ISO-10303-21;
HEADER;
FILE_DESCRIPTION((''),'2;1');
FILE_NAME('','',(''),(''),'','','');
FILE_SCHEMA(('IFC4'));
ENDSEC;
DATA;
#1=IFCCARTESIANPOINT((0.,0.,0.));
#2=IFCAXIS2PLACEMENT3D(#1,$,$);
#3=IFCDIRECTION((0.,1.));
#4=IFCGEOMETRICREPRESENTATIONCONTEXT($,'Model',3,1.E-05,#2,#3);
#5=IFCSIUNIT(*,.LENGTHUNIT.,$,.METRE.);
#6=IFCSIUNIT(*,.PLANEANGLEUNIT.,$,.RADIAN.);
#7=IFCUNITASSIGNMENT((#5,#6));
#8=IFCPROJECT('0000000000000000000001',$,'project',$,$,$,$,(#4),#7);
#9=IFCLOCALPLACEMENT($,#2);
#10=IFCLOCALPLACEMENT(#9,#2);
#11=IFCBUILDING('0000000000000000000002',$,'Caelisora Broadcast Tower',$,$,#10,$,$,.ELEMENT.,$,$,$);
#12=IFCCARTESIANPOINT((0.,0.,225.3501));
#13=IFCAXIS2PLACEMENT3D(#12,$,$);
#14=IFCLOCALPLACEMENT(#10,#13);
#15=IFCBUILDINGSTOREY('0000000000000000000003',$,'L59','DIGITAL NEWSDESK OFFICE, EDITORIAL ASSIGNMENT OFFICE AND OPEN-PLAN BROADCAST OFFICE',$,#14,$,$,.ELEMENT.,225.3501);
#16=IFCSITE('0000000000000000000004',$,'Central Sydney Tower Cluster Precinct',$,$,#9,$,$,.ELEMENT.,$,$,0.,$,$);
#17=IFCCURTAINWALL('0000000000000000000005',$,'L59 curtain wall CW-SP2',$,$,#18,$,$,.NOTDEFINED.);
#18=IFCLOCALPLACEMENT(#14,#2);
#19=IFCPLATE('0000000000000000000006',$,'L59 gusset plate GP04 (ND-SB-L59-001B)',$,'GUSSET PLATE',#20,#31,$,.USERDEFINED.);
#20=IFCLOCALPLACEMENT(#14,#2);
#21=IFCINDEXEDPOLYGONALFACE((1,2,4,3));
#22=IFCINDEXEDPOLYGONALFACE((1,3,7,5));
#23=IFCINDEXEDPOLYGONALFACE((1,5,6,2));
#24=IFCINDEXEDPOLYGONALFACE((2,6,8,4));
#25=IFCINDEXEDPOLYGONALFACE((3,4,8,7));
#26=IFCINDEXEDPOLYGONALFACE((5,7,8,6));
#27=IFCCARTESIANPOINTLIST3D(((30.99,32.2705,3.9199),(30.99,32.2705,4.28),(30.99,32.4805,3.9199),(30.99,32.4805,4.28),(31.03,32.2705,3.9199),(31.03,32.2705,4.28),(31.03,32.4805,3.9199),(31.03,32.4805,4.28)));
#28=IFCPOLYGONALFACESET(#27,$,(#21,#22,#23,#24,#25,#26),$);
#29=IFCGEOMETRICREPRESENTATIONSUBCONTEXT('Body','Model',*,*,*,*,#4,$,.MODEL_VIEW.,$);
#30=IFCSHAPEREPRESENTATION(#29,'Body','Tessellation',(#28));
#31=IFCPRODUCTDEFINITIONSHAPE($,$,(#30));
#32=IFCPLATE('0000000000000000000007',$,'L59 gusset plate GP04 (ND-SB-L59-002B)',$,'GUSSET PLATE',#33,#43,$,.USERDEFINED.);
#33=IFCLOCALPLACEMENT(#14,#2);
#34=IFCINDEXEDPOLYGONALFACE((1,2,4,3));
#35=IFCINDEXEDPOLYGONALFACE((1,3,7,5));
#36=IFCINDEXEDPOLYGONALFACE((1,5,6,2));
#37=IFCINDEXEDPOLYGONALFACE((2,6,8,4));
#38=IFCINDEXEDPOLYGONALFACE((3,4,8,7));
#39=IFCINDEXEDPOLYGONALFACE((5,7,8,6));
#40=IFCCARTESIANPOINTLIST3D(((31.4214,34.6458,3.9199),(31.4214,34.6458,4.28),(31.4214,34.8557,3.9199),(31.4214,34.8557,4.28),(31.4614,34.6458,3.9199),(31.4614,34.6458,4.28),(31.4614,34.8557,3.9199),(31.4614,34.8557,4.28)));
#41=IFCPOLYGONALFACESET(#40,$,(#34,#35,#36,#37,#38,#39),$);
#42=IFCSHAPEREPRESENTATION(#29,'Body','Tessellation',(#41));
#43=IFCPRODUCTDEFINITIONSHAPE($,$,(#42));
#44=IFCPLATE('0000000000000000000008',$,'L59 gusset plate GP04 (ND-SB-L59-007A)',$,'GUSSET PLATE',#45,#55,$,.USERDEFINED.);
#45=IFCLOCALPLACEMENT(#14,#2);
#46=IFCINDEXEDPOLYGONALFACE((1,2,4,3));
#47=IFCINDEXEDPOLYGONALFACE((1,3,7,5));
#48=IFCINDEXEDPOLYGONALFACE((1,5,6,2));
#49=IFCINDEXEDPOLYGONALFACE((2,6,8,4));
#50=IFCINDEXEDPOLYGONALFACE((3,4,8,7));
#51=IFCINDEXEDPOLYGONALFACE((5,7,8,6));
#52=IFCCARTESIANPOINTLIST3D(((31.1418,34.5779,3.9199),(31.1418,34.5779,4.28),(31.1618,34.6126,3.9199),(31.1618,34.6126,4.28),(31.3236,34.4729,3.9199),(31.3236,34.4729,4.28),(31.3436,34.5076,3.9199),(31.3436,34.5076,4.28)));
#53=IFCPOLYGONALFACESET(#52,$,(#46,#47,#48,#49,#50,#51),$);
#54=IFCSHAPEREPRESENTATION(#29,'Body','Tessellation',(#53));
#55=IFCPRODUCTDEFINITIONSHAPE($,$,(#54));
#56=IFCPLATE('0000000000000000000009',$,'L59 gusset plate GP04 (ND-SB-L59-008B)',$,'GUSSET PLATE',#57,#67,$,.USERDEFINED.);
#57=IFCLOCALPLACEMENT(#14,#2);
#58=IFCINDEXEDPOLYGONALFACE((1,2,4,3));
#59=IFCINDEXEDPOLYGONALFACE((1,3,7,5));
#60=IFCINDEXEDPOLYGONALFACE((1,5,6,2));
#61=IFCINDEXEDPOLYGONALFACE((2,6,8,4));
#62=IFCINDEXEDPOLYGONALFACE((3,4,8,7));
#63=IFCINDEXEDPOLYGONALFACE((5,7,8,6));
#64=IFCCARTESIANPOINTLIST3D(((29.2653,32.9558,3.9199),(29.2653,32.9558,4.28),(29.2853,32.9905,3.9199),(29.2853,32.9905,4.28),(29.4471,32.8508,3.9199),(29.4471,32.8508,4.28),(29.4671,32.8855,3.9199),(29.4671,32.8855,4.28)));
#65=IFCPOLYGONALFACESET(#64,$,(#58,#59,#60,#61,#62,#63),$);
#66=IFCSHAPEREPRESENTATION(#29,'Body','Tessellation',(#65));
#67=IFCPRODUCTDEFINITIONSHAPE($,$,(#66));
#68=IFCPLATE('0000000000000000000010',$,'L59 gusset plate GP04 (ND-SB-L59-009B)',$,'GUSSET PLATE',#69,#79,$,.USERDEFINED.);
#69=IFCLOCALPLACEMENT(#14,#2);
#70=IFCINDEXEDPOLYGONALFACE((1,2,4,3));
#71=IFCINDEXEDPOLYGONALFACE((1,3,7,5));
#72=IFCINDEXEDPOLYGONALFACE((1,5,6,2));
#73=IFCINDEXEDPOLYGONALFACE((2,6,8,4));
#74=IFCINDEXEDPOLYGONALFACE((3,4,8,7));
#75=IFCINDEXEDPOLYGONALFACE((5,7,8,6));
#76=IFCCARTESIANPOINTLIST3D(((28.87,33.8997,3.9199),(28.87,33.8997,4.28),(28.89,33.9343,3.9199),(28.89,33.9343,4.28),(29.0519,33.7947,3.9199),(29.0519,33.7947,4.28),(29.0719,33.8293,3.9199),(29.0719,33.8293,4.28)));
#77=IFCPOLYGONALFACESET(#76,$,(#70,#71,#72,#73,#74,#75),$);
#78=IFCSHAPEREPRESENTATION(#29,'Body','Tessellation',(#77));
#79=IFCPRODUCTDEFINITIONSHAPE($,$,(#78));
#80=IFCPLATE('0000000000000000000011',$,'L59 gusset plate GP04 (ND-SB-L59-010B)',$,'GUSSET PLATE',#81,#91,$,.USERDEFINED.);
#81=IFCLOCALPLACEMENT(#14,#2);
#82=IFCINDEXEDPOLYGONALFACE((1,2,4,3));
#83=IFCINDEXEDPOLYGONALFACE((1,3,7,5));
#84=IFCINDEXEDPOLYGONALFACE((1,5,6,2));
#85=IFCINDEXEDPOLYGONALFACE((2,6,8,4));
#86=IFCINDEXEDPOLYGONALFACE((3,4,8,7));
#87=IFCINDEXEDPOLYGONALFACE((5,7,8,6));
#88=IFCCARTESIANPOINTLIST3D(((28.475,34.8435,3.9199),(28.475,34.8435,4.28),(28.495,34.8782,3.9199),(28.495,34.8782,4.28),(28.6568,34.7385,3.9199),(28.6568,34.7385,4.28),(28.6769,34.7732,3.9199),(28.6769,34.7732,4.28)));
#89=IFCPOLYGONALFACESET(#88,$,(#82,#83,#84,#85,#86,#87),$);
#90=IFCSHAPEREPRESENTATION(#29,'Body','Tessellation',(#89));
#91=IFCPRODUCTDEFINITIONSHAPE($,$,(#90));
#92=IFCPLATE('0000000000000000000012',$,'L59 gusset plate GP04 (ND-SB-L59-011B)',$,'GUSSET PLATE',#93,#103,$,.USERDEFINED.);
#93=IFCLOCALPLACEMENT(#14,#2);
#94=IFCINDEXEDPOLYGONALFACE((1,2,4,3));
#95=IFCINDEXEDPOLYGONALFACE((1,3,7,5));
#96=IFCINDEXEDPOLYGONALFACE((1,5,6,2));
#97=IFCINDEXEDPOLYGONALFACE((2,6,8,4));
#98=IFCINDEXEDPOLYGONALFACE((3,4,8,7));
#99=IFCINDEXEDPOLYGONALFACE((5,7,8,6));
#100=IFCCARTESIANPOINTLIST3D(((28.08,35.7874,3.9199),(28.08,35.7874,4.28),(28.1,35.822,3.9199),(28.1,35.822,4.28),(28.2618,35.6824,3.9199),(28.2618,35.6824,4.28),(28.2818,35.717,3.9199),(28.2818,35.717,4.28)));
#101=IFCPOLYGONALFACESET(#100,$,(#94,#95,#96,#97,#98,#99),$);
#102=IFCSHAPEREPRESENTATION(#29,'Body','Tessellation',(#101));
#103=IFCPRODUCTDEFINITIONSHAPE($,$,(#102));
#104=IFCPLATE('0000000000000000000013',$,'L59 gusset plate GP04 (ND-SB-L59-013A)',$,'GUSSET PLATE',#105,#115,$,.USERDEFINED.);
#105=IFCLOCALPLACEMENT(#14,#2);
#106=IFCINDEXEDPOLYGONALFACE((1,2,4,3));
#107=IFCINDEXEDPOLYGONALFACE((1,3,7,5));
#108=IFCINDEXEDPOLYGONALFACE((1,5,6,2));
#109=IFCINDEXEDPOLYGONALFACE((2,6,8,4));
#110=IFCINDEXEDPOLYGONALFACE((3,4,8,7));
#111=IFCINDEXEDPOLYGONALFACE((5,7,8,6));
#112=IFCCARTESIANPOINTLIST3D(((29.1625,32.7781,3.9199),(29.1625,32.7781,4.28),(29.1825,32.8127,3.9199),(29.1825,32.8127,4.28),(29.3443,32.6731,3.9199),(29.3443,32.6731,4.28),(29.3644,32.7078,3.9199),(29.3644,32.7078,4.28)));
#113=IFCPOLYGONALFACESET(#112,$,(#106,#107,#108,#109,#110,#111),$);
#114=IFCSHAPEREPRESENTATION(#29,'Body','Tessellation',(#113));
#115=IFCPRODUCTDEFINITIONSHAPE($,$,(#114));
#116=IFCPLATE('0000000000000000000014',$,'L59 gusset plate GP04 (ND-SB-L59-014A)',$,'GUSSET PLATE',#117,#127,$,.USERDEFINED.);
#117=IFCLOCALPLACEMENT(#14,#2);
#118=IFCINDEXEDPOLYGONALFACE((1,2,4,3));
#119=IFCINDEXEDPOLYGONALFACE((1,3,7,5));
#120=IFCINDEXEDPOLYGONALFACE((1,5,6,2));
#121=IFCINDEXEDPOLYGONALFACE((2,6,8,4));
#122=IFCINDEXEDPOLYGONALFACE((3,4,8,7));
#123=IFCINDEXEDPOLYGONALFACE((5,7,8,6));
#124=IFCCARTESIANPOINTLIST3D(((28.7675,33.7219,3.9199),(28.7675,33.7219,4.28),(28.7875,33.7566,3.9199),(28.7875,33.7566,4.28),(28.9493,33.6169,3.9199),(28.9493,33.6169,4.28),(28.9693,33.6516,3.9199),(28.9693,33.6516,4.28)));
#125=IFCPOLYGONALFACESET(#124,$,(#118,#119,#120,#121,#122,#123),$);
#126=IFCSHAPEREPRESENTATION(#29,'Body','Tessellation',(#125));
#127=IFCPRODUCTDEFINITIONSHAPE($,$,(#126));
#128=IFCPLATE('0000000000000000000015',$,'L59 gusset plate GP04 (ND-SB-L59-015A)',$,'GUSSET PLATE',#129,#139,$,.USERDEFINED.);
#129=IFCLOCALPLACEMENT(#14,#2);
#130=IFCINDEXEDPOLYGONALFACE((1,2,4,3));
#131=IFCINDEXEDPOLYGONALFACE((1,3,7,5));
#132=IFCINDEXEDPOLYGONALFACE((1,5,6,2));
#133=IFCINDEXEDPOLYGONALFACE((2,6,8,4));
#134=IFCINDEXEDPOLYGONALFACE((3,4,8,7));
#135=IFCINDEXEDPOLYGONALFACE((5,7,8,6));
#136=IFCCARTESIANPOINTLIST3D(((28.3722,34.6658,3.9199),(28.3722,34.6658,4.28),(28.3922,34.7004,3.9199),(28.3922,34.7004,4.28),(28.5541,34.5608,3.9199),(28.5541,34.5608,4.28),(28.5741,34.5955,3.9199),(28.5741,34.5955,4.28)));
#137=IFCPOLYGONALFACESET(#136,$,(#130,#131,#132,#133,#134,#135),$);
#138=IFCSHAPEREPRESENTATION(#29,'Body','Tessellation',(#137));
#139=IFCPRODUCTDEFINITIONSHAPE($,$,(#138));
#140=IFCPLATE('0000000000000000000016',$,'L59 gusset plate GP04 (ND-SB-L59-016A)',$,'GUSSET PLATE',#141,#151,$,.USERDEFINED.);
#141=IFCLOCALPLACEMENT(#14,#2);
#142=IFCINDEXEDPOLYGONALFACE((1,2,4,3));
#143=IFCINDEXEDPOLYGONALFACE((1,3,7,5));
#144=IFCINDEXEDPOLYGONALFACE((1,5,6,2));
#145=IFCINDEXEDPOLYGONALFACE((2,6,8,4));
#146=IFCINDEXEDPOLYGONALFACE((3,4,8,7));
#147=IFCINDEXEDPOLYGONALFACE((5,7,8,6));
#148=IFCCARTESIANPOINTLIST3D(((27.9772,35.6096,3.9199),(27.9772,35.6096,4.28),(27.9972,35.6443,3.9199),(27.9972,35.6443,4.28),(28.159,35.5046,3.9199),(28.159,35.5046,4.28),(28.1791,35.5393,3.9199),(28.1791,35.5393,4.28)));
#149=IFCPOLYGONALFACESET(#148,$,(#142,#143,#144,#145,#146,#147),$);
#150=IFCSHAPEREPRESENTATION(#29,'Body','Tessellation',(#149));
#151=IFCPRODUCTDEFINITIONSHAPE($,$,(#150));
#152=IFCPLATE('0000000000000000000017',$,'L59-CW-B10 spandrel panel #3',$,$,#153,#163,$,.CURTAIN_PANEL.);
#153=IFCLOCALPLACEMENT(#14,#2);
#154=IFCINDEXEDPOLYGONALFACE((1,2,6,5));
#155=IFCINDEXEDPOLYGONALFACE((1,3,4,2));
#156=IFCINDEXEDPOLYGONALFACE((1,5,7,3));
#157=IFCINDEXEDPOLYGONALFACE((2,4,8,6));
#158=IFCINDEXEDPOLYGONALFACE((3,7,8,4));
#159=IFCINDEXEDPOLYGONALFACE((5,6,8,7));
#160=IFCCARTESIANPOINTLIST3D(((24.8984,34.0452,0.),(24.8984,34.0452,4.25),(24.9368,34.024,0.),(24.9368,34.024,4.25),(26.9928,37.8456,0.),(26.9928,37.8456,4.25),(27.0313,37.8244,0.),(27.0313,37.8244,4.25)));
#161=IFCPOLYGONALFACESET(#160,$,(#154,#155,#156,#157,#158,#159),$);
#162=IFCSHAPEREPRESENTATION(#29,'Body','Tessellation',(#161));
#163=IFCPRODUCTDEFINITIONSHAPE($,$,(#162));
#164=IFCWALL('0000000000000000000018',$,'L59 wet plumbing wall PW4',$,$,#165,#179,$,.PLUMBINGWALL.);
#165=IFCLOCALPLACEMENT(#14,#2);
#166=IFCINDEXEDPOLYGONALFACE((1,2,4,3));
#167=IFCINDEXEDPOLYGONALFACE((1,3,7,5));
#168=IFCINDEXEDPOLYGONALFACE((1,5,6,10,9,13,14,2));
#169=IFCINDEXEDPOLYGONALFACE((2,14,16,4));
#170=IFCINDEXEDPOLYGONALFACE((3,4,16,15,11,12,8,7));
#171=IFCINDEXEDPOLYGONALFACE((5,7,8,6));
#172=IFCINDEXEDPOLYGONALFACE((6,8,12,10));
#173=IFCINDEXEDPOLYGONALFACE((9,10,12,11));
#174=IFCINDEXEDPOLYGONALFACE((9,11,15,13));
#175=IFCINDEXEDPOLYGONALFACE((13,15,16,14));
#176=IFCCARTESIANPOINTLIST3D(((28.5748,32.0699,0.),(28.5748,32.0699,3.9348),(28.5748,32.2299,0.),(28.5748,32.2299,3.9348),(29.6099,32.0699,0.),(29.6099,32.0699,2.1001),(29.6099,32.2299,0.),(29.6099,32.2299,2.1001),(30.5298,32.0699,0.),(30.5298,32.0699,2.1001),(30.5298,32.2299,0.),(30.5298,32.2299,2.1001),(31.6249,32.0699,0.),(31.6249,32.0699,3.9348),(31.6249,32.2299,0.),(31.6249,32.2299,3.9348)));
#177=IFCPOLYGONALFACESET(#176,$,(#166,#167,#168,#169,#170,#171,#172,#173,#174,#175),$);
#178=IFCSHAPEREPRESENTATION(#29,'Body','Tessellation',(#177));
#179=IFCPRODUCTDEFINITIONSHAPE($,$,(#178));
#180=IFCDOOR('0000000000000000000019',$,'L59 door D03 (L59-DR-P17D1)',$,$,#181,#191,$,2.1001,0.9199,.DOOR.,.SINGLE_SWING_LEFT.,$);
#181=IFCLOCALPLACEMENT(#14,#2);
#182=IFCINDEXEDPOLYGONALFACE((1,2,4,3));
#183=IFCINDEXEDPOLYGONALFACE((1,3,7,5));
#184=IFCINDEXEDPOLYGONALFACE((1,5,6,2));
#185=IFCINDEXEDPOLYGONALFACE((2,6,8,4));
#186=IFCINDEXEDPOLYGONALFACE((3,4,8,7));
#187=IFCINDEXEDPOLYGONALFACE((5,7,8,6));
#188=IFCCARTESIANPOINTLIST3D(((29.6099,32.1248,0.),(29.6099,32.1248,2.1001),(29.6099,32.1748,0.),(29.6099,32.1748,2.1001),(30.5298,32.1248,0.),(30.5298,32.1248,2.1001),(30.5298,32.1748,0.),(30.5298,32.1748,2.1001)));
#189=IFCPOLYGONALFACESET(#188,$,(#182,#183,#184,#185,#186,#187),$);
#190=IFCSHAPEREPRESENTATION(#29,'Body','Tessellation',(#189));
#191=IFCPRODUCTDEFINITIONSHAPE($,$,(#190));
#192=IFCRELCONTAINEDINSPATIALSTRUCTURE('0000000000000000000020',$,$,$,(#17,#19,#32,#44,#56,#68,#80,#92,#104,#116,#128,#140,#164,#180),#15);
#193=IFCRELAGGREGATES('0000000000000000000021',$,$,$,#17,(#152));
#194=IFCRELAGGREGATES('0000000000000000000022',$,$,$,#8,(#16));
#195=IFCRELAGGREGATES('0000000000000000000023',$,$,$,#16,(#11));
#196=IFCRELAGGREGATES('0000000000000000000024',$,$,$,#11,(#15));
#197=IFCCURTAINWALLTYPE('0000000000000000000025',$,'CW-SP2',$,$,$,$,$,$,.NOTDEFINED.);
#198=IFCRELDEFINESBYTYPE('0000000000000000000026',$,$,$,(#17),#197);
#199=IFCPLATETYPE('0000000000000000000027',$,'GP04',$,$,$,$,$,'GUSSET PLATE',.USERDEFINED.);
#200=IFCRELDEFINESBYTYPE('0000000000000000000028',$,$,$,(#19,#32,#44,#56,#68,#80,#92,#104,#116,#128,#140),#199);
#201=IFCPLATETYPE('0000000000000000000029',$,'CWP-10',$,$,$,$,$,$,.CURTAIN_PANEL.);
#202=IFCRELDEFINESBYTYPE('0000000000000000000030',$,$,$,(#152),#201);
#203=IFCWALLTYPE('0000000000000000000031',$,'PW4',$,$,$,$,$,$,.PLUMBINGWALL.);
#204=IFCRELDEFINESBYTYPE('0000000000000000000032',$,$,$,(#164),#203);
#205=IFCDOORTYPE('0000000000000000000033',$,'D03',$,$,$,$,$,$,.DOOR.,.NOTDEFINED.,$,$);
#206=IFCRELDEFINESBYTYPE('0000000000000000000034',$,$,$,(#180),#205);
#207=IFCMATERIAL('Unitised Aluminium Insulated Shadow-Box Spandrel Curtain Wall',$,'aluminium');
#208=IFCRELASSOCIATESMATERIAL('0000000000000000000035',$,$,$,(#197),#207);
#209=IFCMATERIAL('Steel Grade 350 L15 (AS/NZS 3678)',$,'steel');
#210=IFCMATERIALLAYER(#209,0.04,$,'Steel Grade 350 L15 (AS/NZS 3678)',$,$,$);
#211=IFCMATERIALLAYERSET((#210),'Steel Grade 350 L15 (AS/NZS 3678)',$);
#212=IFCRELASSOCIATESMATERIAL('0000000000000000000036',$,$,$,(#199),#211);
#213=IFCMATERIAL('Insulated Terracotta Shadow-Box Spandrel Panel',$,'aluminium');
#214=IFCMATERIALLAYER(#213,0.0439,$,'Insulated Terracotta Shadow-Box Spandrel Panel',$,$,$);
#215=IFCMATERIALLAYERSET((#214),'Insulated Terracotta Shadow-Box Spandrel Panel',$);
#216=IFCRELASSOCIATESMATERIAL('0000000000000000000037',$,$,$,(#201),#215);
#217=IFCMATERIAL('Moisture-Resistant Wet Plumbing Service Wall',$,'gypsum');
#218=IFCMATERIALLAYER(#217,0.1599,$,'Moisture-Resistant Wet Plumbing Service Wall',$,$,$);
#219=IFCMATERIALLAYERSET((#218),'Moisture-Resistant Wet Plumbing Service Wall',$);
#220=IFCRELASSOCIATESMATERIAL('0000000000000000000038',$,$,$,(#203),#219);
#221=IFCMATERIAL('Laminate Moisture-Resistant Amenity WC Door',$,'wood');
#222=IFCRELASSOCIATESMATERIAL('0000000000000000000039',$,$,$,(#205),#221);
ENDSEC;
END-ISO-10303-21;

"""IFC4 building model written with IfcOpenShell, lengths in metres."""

from ifc_helpers import new_model, si_unit, direction, frame, frame_2d, origin, origin_2d, place, context, subcontext, project, spatial, rectangle, extrude, source, transform, mapped, material, layer, layer_set, type_object, type_shapes, element, fill, aggregate, save


model = new_model("IFC4")

# Units and contexts
model_context = context("Model", 3, precision=1e-05, world=origin(), true_north=direction((0.0, 1.0)))
body_context = subcontext(model_context, "Body", "Model", "MODEL_VIEW")
ifc_project = project(units=[si_unit("LENGTHUNIT", "METRE"), si_unit("PLANEANGLEUNIT", "RADIAN")], contexts=[model_context])

# Site, building, storey
site_placement = place(None, origin())
site = spatial("IfcSite", under=ifc_project, at=site_placement, Name="Central Sydney Tower Cluster Precinct", CompositionType="ELEMENT", RefElevation=0.0)
building_placement = place(site_placement, origin())
building = spatial("IfcBuilding", under=site, at=building_placement, Name="Caelisora Broadcast Tower", CompositionType="ELEMENT")
storey_placement = place(building_placement, frame((0.0, 0.0, 225.3501)))
storey = spatial("IfcBuildingStorey", under=building, at=storey_placement, Name="L59", Description="DIGITAL NEWSDESK OFFICE, EDITORIAL ASSIGNMENT OFFICE AND OPEN-PLAN BROADCAST OFFICE", CompositionType="ELEMENT", Elevation=225.3501)

# Curtain wall
ifc_material_1 = material(Name="Unitised Aluminium Insulated Shadow-Box Spandrel Curtain Wall", Category="aluminium")
curtain_wall_type = type_object("IfcCurtainWallType", Name="CW-SP2", PredefinedType="NOTDEFINED", material=ifc_material_1)
curtain_wall_placement = place(storey_placement, origin())
curtain_wall = element("IfcCurtainWall", 1, at=curtain_wall_placement, inside=storey, type_object=curtain_wall_type, Name="L59 curtain wall CW-SP2", PredefinedType="NOTDEFINED")

# Plates
ifc_material_2 = material(Name="Steel Grade 350 L15 (AS/NZS 3678)", Category="steel")
ifc_layer_1 = layer(ifc_material_2, 0.04, Name="Steel Grade 350 L15 (AS/NZS 3678)")
ifc_layer_set_1 = layer_set([ifc_layer_1], Name="Steel Grade 350 L15 (AS/NZS 3678)")
plate_type_1 = type_object("IfcPlateType", Name="GP04", ElementType="GUSSET PLATE", PredefinedType="USERDEFINED", material=ifc_layer_set_1)
shared_shape_1 = source(origin(), body_context, "Body", "SweptSolid", [
    extrude(rectangle(XDim=0.21, YDim=0.04, at=origin_2d()), origin(), (0.0, 0.0, 1.0), 0.3601),
])
for number, where, z_axis, x_axis, name in (
    (2, (31.01, 32.3755, 3.9199), (0.0, 0.0, 1.0), (0.0, -1.0, 0.0), "L59 gusset plate GP04 (ND-SB-L59-001B)"),
    (3, (31.4414, 34.7507, 3.9199), (0.0, 0.0, 1.0), (0.0, -1.0, 0.0), "L59 gusset plate GP04 (ND-SB-L59-002B)"),
    (4, (31.2427, 34.5427, 3.9199), (0.0, 0.0, 1.0), (0.866025, -0.5, 0.0), "L59 gusset plate GP04 (ND-SB-L59-007A)"),
    (5, (29.3662, 32.9207, 3.9199), (0.0, 0.0, 1.0), (0.866025, -0.5, 0.0), "L59 gusset plate GP04 (ND-SB-L59-008B)"),
    (6, (28.9709, 33.8645, 3.9199), (0.0, 0.0, 1.0), (0.866025, -0.5, 0.0), "L59 gusset plate GP04 (ND-SB-L59-009B)"),
    (7, (28.5759, 34.8083, 3.9199), (0.0, 0.0, 1.0), (0.866025, -0.5, 0.0), "L59 gusset plate GP04 (ND-SB-L59-010B)"),
    (8, (28.1809, 35.7522, 3.9199), (0.0, 0.0, 1.0), (0.866025, -0.5, 0.0), "L59 gusset plate GP04 (ND-SB-L59-011B)"),
    (9, (29.2634, 32.7429, 3.9199), (0.0, 0.0, 1.0), (0.866025, -0.5, 0.0), "L59 gusset plate GP04 (ND-SB-L59-013A)"),
    (10, (28.8684, 33.6868, 3.9199), (0.0, 0.0, 1.0), (0.866025, -0.5, 0.0), "L59 gusset plate GP04 (ND-SB-L59-014A)"),
    (11, (28.4731, 34.6306, 3.9199), (0.0, 0.0, 1.0), (0.866025, -0.5, 0.0), "L59 gusset plate GP04 (ND-SB-L59-015A)"),
    (12, (28.0781, 35.5745, 3.9199), (0.0, 0.0, 1.0), (0.866025, -0.5, 0.0), "L59 gusset plate GP04 (ND-SB-L59-016A)"),
):
    element("IfcPlate", number, at=place(storey_placement, frame(where, z_axis=z_axis, x_axis=x_axis)), inside=storey, type_object=plate_type_1, Name=name, ObjectType="GUSSET PLATE", PredefinedType="USERDEFINED", context=body_context, shape_type="MappedRepresentation", body=[
        mapped(shared_shape_1, transform((0.0, 0.0, 0.0), scale=1.0)),
    ])

# Plate
ifc_material_3 = material(Name="Insulated Terracotta Shadow-Box Spandrel Panel", Category="aluminium")
ifc_layer_2 = layer(ifc_material_3, 0.0439, Name="Insulated Terracotta Shadow-Box Spandrel Panel")
ifc_layer_set_2 = layer_set([ifc_layer_2], Name="Insulated Terracotta Shadow-Box Spandrel Panel")
plate_type_2 = type_object("IfcPlateType", Name="CWP-10", PredefinedType="CURTAIN_PANEL", material=ifc_layer_set_2)
shared_shape_2 = source(origin(), body_context, "Body", "SweptSolid", [
    extrude(rectangle(XDim=4.3394, YDim=0.0439, at=origin_2d()), origin(), (0.0, 0.0, 1.0), 4.25),
])
type_shapes(plate_type_2, [shared_shape_2])
plate_1_placement = place(storey_placement, frame((25.9648, 35.9348, 0.0), z_axis=(0.0, 0.0, 1.0), x_axis=(0.482671, 0.875802, 0.0)))
plate_1 = element("IfcPlate", 13, at=plate_1_placement, type_object=plate_type_2, Name="L59-CW-B10 spandrel panel #3", PredefinedType="CURTAIN_PANEL", context=body_context, shape_type="MappedRepresentation", body=[
    mapped(shared_shape_2, transform((0.0, 0.0, 0.0), scale=1.0)),
])
aggregate(curtain_wall, [plate_1])

# Wall, opening, door
ifc_material_4 = material(Name="Moisture-Resistant Wet Plumbing Service Wall", Category="gypsum")
ifc_layer_3 = layer(ifc_material_4, 0.1599, Name="Moisture-Resistant Wet Plumbing Service Wall")
ifc_layer_set_3 = layer_set([ifc_layer_3], Name="Moisture-Resistant Wet Plumbing Service Wall")
wall_type = type_object("IfcWallType", Name="PW4", PredefinedType="PLUMBINGWALL", material=ifc_layer_set_3)
wall_1_placement = place(storey_placement, frame((28.575, 32.1499, 0.0), z_axis=(0.0, 0.0, 1.0), x_axis=(1.0, 0.0, 0.0)))
wall_1 = element("IfcWall", 14, at=wall_1_placement, inside=storey, type_object=wall_type, Name="L59 wet plumbing wall PW4", PredefinedType="PLUMBINGWALL", context=body_context, shape_type="SweptSolid", body=[
    extrude(rectangle(XDim=3.05, YDim=0.1599, at=frame_2d((1.5249, 0.0))), origin(), (0.0, 0.0, 1.0), 3.9348),
])
opening_1_placement = place(wall_1_placement, frame((1.0349, 0.0, 0.0)))
opening_1 = element("IfcOpeningElement", 15, at=opening_1_placement, cuts=wall_1, PredefinedType="OPENING", context=body_context, shape_type="SweptSolid", body=[
    extrude(rectangle(XDim=0.9199, YDim=2.1001, at=frame_2d((0.46, 1.05))), frame((0.0, 0.092, 0.0), z_axis=(0.0, -1.0, 0.0), x_axis=(1.0, 0.0, 0.0)), (0.0, 0.0, 1.0), 0.1838),
])
ifc_material_5 = material(Name="Laminate Moisture-Resistant Amenity WC Door", Category="wood")
door_type = type_object("IfcDoorType", Name="D03", OperationType="NOTDEFINED", PredefinedType="DOOR", material=ifc_material_5)
door_1_placement = place(opening_1_placement, origin())
door_1 = element("IfcDoor", 16, at=door_1_placement, inside=storey, type_object=door_type, Name="L59 door D03 (L59-DR-P17D1)", OperationType="SINGLE_SWING_LEFT", OverallHeight=2.1001, OverallWidth=0.9199, PredefinedType="DOOR", context=body_context, shape_type="SweptSolid", body=[
    extrude(rectangle(XDim=0.9199, YDim=2.1001, at=frame_2d((0.46, 1.05))), frame((0.0, 0.0249, 0.0), z_axis=(0.0, -1.0, 0.0), x_axis=(1.0, 0.0, 0.0)), (0.0, 0.0, 1.0), 0.05),
])
fill(opening_1, door_1)

save(model, "model.ifc")
